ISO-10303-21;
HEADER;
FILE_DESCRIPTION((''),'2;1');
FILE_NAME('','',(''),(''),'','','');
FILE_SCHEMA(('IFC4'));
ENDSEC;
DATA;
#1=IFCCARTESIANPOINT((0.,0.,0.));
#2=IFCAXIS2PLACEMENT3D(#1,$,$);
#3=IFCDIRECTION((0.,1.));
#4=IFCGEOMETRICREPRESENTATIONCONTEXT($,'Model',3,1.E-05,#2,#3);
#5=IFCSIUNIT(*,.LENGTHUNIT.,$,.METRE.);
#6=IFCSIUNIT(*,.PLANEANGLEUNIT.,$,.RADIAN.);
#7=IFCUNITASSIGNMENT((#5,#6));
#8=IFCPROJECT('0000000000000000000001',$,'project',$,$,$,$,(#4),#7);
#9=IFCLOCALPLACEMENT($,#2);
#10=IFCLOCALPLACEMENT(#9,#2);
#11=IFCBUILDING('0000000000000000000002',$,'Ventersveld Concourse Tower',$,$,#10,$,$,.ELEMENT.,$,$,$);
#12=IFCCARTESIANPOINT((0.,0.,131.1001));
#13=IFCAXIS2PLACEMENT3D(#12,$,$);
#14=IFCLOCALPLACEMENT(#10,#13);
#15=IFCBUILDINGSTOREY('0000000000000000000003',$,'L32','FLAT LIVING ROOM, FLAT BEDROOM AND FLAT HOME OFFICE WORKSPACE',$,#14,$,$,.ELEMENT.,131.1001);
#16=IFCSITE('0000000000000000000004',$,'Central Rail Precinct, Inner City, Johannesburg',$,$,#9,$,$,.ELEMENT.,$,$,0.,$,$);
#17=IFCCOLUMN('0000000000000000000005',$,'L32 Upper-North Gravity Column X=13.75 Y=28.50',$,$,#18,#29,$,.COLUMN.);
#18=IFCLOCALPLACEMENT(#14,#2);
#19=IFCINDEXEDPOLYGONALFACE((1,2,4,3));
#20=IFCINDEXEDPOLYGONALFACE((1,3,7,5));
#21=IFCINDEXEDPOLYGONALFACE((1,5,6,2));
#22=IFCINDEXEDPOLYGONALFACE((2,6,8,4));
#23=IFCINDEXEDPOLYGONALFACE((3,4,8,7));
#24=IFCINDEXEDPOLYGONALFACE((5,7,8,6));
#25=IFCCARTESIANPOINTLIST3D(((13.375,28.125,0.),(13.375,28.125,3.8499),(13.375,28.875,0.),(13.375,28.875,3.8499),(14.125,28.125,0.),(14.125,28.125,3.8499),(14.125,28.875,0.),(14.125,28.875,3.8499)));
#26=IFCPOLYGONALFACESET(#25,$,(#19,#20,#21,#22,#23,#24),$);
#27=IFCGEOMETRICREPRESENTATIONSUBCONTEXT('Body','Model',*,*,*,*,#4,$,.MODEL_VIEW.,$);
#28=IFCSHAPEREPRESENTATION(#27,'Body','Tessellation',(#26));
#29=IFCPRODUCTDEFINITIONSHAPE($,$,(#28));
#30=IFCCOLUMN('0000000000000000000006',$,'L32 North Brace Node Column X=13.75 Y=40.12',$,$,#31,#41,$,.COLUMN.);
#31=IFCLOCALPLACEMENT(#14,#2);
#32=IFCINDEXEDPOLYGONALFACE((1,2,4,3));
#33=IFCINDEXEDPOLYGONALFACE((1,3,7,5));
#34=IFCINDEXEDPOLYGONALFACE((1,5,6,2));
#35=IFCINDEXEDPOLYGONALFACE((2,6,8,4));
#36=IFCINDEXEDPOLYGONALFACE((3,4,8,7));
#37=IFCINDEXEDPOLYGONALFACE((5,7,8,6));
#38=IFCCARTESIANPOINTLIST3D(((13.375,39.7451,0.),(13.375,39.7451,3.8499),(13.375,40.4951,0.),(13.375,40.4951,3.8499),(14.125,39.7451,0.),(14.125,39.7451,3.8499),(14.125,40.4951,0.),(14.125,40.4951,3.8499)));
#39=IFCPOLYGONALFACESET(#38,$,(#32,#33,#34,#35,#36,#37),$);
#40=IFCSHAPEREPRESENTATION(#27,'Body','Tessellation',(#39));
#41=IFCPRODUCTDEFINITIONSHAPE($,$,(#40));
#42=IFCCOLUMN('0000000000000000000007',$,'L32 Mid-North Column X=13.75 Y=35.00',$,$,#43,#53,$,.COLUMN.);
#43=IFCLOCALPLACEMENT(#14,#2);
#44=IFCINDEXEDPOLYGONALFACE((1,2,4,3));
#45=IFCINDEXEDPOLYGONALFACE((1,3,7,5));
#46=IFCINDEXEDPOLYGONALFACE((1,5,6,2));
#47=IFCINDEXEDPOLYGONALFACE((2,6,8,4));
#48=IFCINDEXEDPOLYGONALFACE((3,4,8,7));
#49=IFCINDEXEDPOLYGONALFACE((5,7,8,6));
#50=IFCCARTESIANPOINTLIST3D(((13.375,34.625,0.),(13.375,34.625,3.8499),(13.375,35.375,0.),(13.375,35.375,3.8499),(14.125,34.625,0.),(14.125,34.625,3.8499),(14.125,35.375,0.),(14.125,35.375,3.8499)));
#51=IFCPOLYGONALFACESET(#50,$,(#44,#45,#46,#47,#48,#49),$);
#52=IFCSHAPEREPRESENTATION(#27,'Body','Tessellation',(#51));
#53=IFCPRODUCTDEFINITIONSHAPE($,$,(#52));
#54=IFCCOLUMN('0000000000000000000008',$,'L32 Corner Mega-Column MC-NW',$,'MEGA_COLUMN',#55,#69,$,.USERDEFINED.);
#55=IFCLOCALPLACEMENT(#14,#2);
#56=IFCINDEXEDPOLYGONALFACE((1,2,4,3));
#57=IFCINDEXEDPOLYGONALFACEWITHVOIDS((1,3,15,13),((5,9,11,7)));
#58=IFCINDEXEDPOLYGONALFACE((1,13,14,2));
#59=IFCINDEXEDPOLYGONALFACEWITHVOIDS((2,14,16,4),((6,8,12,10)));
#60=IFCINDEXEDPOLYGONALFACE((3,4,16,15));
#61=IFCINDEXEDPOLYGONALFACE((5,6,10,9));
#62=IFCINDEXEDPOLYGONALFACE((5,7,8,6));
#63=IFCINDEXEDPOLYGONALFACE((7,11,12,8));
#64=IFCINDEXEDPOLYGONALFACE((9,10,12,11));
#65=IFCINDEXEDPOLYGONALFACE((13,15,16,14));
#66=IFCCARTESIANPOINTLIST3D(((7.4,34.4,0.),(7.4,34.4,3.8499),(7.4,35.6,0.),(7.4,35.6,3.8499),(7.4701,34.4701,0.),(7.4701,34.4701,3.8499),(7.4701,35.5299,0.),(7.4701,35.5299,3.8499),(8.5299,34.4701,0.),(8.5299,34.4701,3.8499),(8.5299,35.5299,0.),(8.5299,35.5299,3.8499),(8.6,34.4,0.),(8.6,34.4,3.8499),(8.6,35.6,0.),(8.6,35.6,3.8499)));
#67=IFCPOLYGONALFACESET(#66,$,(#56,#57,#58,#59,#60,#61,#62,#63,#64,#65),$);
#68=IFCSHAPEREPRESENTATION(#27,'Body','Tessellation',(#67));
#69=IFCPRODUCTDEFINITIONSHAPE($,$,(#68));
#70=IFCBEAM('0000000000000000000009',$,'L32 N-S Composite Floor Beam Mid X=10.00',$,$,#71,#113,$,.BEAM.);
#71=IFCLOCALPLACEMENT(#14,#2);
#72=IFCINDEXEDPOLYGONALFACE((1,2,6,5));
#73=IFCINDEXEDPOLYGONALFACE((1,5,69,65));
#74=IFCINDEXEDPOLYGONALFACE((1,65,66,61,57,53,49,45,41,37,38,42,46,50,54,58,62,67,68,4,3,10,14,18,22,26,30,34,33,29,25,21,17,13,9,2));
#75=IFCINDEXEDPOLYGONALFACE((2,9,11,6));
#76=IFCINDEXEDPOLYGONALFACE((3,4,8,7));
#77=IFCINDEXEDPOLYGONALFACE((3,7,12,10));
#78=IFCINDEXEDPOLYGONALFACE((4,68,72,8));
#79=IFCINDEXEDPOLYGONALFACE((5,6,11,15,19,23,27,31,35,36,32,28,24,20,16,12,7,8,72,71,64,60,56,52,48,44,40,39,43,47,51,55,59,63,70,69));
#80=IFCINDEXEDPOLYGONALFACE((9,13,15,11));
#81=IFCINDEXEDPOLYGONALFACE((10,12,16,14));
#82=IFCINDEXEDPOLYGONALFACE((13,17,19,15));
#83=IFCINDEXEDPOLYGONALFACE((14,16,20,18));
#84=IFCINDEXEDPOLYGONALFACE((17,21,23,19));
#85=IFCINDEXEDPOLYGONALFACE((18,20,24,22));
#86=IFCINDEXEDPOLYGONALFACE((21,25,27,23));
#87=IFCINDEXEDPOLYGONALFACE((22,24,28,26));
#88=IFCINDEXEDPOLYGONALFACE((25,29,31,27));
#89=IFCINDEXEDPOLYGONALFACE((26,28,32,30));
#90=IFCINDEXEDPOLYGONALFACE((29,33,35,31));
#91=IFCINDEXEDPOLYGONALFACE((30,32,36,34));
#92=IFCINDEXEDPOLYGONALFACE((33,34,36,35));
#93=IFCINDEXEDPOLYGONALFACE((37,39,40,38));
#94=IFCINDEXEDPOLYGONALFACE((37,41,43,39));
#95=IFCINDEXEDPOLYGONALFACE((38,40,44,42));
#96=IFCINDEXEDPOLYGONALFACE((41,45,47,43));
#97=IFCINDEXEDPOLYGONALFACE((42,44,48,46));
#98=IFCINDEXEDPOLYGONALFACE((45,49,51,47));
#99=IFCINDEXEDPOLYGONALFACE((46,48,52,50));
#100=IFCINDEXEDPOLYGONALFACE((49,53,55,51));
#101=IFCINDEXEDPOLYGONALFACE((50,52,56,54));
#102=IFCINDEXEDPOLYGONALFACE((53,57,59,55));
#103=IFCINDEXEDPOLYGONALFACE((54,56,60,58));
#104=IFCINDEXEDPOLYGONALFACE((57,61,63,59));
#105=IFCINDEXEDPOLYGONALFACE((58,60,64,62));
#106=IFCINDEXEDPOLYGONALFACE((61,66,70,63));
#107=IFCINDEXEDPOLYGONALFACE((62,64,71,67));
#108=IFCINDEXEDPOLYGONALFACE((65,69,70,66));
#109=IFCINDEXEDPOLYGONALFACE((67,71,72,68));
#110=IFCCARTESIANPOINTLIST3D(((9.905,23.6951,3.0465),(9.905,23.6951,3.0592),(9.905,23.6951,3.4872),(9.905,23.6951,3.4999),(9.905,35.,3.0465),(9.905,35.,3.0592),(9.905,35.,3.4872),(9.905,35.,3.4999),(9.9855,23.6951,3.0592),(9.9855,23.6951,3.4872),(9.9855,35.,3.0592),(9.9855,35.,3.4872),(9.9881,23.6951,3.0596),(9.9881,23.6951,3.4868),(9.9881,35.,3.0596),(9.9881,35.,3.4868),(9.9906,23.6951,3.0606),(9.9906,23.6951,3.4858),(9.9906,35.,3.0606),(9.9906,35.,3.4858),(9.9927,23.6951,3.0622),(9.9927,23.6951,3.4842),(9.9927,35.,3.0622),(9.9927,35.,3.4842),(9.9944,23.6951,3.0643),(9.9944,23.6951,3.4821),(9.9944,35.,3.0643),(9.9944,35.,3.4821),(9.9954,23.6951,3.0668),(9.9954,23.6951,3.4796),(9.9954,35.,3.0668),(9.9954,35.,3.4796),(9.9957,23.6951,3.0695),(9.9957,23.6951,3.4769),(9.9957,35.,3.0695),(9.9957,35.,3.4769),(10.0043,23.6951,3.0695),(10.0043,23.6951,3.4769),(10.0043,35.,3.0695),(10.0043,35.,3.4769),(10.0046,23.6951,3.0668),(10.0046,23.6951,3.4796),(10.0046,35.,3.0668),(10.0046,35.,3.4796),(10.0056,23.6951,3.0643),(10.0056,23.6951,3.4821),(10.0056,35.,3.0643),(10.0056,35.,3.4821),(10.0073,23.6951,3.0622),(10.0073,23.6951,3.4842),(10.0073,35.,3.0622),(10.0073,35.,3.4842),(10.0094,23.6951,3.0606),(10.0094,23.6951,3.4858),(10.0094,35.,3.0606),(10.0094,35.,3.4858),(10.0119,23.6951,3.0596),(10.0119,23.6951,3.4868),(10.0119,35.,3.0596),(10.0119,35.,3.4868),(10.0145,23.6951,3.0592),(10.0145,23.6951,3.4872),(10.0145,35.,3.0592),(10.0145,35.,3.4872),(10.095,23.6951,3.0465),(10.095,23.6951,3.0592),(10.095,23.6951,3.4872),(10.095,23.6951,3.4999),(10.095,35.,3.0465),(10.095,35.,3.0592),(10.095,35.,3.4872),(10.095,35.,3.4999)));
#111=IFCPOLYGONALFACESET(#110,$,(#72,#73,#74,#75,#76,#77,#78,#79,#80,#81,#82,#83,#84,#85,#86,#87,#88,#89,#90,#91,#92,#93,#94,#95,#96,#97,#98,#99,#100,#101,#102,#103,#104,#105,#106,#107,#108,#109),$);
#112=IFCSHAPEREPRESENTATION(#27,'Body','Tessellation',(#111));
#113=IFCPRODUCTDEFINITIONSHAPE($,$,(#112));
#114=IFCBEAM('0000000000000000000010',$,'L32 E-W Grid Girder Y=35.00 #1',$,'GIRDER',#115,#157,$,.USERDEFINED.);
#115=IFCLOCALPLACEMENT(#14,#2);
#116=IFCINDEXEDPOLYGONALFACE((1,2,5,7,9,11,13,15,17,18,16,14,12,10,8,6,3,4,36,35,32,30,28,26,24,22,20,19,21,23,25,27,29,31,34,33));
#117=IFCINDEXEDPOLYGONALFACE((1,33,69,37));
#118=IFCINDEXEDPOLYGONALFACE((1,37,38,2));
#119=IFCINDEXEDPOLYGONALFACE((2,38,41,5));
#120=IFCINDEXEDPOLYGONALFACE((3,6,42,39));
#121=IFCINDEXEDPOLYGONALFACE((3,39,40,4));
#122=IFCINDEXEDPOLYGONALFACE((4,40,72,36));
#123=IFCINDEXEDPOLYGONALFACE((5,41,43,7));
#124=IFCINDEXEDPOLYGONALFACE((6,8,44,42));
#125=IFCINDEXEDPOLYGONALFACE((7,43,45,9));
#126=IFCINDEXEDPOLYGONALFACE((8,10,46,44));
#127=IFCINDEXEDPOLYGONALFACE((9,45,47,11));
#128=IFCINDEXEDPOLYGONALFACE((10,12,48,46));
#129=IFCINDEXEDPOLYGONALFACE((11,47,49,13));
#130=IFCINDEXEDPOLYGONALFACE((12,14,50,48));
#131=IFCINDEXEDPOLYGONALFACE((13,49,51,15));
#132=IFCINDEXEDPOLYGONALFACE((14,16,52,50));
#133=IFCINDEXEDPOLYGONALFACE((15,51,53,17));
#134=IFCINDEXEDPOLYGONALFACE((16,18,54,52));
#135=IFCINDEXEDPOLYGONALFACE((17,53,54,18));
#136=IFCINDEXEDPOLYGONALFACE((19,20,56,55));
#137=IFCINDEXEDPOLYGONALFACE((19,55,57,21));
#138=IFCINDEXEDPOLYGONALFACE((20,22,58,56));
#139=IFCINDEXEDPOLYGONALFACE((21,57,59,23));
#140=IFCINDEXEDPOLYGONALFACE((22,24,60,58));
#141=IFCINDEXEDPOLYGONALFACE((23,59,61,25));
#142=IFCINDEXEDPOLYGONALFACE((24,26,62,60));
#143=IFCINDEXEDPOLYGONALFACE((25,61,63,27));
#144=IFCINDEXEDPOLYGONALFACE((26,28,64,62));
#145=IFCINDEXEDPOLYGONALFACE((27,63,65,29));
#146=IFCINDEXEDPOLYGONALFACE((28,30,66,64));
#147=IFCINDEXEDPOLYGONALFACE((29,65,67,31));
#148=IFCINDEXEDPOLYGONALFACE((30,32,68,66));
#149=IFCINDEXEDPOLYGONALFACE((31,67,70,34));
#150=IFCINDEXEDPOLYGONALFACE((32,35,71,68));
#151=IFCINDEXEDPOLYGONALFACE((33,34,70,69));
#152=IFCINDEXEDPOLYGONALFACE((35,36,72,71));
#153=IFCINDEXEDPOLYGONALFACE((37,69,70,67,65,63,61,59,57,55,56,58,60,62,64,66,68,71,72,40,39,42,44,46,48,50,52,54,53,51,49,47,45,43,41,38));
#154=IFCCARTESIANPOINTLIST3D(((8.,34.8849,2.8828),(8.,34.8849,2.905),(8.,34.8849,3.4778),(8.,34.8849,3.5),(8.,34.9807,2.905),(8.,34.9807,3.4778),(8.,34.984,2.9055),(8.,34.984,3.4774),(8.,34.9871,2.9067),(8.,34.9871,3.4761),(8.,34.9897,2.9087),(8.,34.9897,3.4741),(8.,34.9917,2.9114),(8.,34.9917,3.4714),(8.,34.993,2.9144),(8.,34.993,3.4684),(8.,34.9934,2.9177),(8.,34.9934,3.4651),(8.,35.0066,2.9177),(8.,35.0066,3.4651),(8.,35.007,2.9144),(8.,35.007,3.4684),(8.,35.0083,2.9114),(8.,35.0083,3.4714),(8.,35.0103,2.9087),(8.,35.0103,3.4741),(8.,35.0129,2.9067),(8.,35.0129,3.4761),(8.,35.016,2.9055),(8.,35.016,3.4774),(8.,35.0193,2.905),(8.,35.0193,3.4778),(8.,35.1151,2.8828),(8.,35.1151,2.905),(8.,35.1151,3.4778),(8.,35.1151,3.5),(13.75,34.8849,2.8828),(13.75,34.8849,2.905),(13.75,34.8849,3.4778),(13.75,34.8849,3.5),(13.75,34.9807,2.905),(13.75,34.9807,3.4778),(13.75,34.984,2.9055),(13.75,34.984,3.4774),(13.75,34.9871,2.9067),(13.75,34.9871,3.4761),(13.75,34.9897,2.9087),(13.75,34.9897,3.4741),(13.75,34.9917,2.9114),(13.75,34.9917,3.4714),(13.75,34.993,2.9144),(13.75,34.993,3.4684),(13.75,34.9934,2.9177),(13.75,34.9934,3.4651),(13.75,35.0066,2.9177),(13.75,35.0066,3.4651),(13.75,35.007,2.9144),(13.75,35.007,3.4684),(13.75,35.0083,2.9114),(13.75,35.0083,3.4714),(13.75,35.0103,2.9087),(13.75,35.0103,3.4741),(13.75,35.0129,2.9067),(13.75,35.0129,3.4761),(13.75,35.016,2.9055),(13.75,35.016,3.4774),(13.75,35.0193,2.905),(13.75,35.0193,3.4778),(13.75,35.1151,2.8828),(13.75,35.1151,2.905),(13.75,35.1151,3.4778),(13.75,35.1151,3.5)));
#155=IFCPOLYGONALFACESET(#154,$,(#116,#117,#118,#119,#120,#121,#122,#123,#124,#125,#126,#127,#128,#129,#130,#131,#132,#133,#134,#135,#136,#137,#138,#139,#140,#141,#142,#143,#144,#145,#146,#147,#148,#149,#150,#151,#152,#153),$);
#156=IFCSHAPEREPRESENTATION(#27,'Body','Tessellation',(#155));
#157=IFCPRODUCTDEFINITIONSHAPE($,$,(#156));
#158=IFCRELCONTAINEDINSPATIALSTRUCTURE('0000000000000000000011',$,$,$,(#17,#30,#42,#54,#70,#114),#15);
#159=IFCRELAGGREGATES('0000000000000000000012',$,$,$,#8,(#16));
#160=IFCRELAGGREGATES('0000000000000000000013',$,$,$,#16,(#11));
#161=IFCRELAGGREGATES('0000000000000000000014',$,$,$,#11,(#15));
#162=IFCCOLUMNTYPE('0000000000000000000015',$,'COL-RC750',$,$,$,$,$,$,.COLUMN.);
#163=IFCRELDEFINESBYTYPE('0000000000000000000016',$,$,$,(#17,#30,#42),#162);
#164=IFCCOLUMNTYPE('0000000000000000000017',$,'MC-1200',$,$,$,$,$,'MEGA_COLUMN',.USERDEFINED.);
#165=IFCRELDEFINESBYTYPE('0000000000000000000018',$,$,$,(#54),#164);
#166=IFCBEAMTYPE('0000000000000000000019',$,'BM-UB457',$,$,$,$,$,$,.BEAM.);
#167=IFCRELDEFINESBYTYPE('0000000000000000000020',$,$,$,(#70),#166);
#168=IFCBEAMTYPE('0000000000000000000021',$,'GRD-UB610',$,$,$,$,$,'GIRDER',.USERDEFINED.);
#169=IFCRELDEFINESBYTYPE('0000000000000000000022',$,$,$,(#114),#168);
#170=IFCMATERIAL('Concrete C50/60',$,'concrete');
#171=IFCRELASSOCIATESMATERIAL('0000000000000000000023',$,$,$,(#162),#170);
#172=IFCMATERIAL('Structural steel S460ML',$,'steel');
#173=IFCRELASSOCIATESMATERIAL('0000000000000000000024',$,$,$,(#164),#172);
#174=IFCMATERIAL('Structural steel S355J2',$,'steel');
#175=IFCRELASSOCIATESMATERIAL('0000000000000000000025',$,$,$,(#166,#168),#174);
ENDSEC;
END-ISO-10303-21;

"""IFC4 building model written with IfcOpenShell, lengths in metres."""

from ifc_helpers import new_model, si_unit, direction, frame, origin, origin_2d, place, context, subcontext, project, spatial, rectangle, hollow_rectangle, i_section, extrude, material, material_profile, profile_set, type_object, element, save


model = new_model("IFC4")

# Units and contexts
model_context = context("Model", 3, precision=1e-05, world=origin(), true_north=direction((0.0, 1.0)))
body_context = subcontext(model_context, "Body", "Model", "MODEL_VIEW")
ifc_project = project(units=[si_unit("LENGTHUNIT", "METRE"), si_unit("PLANEANGLEUNIT", "RADIAN")], contexts=[model_context])

# Site, building, storey
site_placement = place(None, origin())
site = spatial("IfcSite", under=ifc_project, at=site_placement, Name="Central Rail Precinct, Inner City, Johannesburg", CompositionType="ELEMENT", RefElevation=0.0)
building_placement = place(site_placement, origin())
building = spatial("IfcBuilding", under=site, at=building_placement, Name="Ventersveld Concourse Tower", CompositionType="ELEMENT")
storey_placement = place(building_placement, frame((0.0, 0.0, 131.1001)))
storey = spatial("IfcBuildingStorey", under=building, at=storey_placement, Name="L32", Description="FLAT LIVING ROOM, FLAT BEDROOM AND FLAT HOME OFFICE WORKSPACE", CompositionType="ELEMENT", Elevation=131.1001)

# Columns
ifc_material_1 = material(Name="Concrete C50/60", Category="concrete")
ifc_material_profile_1 = material_profile(ifc_material_1, rectangle(XDim=0.75, YDim=0.75, at=origin_2d()), Name="RC 750x750")
ifc_profile_set_1 = profile_set([ifc_material_profile_1], Name="Concrete C50/60")
column_type_1 = type_object("IfcColumnType", Name="COL-RC750", PredefinedType="COLUMN", material=ifc_profile_set_1)
for number, where, z_axis, x_axis, name in (
    (1, (13.75, 28.5, 0.0), (0.0, 0.0, 1.0), (1.0, 0.0, 0.0), "L32 Upper-North Gravity Column X=13.75 Y=28.50"),
    (2, (13.75, 40.1201, 0.0), (0.0, 0.0, 1.0), (1.0, 0.0, 0.0), "L32 North Brace Node Column X=13.75 Y=40.12"),
    (3, (13.75, 35.0, 0.0), (0.0, 0.0, 1.0), (1.0, 0.0, 0.0), "L32 Mid-North Column X=13.75 Y=35.00"),
):
    element("IfcColumn", number, at=place(storey_placement, frame(where, z_axis=z_axis, x_axis=x_axis)), inside=storey, type_object=column_type_1, Name=name, PredefinedType="COLUMN", context=body_context, shape_type="SweptSolid", body=[
        extrude(rectangle(XDim=0.75, YDim=0.75, at=origin_2d()), origin(), (0.0, 0.0, 1.0), 3.8499),
    ])
ifc_material_2 = material(Name="Structural steel S460ML", Category="steel")
ifc_material_profile_2 = material_profile(ifc_material_2, hollow_rectangle(XDim=1.2, YDim=1.2, WallThickness=0.0701, at=origin_2d()), Name="BOX 1200x1200x70")
ifc_profile_set_2 = profile_set([ifc_material_profile_2], Name="Structural steel S460ML")
column_type_2 = type_object("IfcColumnType", Name="MC-1200", ElementType="MEGA_COLUMN", PredefinedType="USERDEFINED", material=ifc_profile_set_2)
column_placement = place(storey_placement, frame((8.0, 35.0, 0.0), z_axis=(0.0, 0.0, 1.0), x_axis=(1.0, 0.0, 0.0)))
element("IfcColumn", 4, at=column_placement, inside=storey, type_object=column_type_2, Name="L32 Corner Mega-Column MC-NW", ObjectType="MEGA_COLUMN", PredefinedType="USERDEFINED", context=body_context, shape_type="SweptSolid", body=[
    extrude(hollow_rectangle(XDim=1.2, YDim=1.2, WallThickness=0.0701, at=origin_2d()), origin(), (0.0, 0.0, 1.0), 3.8499),
])

# Beams
ifc_material_3 = material(Name="Structural steel S355J2", Category="steel")
ifc_material_profile_3 = material_profile(ifc_material_3, i_section(OverallWidth=0.1899, OverallDepth=0.4534, WebThickness=0.0085, FlangeThickness=0.0127, FilletRadius=0.0103, at=origin_2d()), Name="UB 457x191x67")
ifc_profile_set_3 = profile_set([ifc_material_profile_3], Name="Structural steel S355J2")
beam_type_1 = type_object("IfcBeamType", Name="BM-UB457", PredefinedType="BEAM", material=ifc_profile_set_3)
beam_1_placement = place(storey_placement, frame((10.0, 23.6951, 3.2732), z_axis=(0.0, 1.0, 0.0), x_axis=(-1.0, 0.0, 0.0)))
element("IfcBeam", 5, at=beam_1_placement, inside=storey, type_object=beam_type_1, Name="L32 N-S Composite Floor Beam Mid X=10.00", PredefinedType="BEAM", context=body_context, shape_type="SweptSolid", body=[
    extrude(i_section(OverallWidth=0.1899, OverallDepth=0.4534, WebThickness=0.0085, FlangeThickness=0.0127, FilletRadius=0.0103, at=origin_2d()), origin(), (0.0, 0.0, 1.0), 11.3049),
])
ifc_material_profile_4 = material_profile(ifc_material_3, i_section(OverallWidth=0.2302, OverallDepth=0.6172, WebThickness=0.0132, FlangeThickness=0.0222, FilletRadius=0.0127, at=origin_2d()), Name="UB 610x229x140")
ifc_profile_set_4 = profile_set([ifc_material_profile_4], Name="Structural steel S355J2")
beam_type_2 = type_object("IfcBeamType", Name="GRD-UB610", ElementType="GIRDER", PredefinedType="USERDEFINED", material=ifc_profile_set_4)
beam_2_placement = place(storey_placement, frame((8.0, 35.0, 3.1914), z_axis=(1.0, 0.0, 0.0), x_axis=(0.0, 1.0, 0.0)))
element("IfcBeam", 6, at=beam_2_placement, inside=storey, type_object=beam_type_2, Name="L32 E-W Grid Girder Y=35.00 #1", ObjectType="GIRDER", PredefinedType="USERDEFINED", context=body_context, shape_type="SweptSolid", body=[
    extrude(i_section(OverallWidth=0.2302, OverallDepth=0.6172, WebThickness=0.0132, FlangeThickness=0.0222, FilletRadius=0.0127, at=origin_2d()), origin(), (0.0, 0.0, 1.0), 5.75),
])

save(model, "model.ifc")
